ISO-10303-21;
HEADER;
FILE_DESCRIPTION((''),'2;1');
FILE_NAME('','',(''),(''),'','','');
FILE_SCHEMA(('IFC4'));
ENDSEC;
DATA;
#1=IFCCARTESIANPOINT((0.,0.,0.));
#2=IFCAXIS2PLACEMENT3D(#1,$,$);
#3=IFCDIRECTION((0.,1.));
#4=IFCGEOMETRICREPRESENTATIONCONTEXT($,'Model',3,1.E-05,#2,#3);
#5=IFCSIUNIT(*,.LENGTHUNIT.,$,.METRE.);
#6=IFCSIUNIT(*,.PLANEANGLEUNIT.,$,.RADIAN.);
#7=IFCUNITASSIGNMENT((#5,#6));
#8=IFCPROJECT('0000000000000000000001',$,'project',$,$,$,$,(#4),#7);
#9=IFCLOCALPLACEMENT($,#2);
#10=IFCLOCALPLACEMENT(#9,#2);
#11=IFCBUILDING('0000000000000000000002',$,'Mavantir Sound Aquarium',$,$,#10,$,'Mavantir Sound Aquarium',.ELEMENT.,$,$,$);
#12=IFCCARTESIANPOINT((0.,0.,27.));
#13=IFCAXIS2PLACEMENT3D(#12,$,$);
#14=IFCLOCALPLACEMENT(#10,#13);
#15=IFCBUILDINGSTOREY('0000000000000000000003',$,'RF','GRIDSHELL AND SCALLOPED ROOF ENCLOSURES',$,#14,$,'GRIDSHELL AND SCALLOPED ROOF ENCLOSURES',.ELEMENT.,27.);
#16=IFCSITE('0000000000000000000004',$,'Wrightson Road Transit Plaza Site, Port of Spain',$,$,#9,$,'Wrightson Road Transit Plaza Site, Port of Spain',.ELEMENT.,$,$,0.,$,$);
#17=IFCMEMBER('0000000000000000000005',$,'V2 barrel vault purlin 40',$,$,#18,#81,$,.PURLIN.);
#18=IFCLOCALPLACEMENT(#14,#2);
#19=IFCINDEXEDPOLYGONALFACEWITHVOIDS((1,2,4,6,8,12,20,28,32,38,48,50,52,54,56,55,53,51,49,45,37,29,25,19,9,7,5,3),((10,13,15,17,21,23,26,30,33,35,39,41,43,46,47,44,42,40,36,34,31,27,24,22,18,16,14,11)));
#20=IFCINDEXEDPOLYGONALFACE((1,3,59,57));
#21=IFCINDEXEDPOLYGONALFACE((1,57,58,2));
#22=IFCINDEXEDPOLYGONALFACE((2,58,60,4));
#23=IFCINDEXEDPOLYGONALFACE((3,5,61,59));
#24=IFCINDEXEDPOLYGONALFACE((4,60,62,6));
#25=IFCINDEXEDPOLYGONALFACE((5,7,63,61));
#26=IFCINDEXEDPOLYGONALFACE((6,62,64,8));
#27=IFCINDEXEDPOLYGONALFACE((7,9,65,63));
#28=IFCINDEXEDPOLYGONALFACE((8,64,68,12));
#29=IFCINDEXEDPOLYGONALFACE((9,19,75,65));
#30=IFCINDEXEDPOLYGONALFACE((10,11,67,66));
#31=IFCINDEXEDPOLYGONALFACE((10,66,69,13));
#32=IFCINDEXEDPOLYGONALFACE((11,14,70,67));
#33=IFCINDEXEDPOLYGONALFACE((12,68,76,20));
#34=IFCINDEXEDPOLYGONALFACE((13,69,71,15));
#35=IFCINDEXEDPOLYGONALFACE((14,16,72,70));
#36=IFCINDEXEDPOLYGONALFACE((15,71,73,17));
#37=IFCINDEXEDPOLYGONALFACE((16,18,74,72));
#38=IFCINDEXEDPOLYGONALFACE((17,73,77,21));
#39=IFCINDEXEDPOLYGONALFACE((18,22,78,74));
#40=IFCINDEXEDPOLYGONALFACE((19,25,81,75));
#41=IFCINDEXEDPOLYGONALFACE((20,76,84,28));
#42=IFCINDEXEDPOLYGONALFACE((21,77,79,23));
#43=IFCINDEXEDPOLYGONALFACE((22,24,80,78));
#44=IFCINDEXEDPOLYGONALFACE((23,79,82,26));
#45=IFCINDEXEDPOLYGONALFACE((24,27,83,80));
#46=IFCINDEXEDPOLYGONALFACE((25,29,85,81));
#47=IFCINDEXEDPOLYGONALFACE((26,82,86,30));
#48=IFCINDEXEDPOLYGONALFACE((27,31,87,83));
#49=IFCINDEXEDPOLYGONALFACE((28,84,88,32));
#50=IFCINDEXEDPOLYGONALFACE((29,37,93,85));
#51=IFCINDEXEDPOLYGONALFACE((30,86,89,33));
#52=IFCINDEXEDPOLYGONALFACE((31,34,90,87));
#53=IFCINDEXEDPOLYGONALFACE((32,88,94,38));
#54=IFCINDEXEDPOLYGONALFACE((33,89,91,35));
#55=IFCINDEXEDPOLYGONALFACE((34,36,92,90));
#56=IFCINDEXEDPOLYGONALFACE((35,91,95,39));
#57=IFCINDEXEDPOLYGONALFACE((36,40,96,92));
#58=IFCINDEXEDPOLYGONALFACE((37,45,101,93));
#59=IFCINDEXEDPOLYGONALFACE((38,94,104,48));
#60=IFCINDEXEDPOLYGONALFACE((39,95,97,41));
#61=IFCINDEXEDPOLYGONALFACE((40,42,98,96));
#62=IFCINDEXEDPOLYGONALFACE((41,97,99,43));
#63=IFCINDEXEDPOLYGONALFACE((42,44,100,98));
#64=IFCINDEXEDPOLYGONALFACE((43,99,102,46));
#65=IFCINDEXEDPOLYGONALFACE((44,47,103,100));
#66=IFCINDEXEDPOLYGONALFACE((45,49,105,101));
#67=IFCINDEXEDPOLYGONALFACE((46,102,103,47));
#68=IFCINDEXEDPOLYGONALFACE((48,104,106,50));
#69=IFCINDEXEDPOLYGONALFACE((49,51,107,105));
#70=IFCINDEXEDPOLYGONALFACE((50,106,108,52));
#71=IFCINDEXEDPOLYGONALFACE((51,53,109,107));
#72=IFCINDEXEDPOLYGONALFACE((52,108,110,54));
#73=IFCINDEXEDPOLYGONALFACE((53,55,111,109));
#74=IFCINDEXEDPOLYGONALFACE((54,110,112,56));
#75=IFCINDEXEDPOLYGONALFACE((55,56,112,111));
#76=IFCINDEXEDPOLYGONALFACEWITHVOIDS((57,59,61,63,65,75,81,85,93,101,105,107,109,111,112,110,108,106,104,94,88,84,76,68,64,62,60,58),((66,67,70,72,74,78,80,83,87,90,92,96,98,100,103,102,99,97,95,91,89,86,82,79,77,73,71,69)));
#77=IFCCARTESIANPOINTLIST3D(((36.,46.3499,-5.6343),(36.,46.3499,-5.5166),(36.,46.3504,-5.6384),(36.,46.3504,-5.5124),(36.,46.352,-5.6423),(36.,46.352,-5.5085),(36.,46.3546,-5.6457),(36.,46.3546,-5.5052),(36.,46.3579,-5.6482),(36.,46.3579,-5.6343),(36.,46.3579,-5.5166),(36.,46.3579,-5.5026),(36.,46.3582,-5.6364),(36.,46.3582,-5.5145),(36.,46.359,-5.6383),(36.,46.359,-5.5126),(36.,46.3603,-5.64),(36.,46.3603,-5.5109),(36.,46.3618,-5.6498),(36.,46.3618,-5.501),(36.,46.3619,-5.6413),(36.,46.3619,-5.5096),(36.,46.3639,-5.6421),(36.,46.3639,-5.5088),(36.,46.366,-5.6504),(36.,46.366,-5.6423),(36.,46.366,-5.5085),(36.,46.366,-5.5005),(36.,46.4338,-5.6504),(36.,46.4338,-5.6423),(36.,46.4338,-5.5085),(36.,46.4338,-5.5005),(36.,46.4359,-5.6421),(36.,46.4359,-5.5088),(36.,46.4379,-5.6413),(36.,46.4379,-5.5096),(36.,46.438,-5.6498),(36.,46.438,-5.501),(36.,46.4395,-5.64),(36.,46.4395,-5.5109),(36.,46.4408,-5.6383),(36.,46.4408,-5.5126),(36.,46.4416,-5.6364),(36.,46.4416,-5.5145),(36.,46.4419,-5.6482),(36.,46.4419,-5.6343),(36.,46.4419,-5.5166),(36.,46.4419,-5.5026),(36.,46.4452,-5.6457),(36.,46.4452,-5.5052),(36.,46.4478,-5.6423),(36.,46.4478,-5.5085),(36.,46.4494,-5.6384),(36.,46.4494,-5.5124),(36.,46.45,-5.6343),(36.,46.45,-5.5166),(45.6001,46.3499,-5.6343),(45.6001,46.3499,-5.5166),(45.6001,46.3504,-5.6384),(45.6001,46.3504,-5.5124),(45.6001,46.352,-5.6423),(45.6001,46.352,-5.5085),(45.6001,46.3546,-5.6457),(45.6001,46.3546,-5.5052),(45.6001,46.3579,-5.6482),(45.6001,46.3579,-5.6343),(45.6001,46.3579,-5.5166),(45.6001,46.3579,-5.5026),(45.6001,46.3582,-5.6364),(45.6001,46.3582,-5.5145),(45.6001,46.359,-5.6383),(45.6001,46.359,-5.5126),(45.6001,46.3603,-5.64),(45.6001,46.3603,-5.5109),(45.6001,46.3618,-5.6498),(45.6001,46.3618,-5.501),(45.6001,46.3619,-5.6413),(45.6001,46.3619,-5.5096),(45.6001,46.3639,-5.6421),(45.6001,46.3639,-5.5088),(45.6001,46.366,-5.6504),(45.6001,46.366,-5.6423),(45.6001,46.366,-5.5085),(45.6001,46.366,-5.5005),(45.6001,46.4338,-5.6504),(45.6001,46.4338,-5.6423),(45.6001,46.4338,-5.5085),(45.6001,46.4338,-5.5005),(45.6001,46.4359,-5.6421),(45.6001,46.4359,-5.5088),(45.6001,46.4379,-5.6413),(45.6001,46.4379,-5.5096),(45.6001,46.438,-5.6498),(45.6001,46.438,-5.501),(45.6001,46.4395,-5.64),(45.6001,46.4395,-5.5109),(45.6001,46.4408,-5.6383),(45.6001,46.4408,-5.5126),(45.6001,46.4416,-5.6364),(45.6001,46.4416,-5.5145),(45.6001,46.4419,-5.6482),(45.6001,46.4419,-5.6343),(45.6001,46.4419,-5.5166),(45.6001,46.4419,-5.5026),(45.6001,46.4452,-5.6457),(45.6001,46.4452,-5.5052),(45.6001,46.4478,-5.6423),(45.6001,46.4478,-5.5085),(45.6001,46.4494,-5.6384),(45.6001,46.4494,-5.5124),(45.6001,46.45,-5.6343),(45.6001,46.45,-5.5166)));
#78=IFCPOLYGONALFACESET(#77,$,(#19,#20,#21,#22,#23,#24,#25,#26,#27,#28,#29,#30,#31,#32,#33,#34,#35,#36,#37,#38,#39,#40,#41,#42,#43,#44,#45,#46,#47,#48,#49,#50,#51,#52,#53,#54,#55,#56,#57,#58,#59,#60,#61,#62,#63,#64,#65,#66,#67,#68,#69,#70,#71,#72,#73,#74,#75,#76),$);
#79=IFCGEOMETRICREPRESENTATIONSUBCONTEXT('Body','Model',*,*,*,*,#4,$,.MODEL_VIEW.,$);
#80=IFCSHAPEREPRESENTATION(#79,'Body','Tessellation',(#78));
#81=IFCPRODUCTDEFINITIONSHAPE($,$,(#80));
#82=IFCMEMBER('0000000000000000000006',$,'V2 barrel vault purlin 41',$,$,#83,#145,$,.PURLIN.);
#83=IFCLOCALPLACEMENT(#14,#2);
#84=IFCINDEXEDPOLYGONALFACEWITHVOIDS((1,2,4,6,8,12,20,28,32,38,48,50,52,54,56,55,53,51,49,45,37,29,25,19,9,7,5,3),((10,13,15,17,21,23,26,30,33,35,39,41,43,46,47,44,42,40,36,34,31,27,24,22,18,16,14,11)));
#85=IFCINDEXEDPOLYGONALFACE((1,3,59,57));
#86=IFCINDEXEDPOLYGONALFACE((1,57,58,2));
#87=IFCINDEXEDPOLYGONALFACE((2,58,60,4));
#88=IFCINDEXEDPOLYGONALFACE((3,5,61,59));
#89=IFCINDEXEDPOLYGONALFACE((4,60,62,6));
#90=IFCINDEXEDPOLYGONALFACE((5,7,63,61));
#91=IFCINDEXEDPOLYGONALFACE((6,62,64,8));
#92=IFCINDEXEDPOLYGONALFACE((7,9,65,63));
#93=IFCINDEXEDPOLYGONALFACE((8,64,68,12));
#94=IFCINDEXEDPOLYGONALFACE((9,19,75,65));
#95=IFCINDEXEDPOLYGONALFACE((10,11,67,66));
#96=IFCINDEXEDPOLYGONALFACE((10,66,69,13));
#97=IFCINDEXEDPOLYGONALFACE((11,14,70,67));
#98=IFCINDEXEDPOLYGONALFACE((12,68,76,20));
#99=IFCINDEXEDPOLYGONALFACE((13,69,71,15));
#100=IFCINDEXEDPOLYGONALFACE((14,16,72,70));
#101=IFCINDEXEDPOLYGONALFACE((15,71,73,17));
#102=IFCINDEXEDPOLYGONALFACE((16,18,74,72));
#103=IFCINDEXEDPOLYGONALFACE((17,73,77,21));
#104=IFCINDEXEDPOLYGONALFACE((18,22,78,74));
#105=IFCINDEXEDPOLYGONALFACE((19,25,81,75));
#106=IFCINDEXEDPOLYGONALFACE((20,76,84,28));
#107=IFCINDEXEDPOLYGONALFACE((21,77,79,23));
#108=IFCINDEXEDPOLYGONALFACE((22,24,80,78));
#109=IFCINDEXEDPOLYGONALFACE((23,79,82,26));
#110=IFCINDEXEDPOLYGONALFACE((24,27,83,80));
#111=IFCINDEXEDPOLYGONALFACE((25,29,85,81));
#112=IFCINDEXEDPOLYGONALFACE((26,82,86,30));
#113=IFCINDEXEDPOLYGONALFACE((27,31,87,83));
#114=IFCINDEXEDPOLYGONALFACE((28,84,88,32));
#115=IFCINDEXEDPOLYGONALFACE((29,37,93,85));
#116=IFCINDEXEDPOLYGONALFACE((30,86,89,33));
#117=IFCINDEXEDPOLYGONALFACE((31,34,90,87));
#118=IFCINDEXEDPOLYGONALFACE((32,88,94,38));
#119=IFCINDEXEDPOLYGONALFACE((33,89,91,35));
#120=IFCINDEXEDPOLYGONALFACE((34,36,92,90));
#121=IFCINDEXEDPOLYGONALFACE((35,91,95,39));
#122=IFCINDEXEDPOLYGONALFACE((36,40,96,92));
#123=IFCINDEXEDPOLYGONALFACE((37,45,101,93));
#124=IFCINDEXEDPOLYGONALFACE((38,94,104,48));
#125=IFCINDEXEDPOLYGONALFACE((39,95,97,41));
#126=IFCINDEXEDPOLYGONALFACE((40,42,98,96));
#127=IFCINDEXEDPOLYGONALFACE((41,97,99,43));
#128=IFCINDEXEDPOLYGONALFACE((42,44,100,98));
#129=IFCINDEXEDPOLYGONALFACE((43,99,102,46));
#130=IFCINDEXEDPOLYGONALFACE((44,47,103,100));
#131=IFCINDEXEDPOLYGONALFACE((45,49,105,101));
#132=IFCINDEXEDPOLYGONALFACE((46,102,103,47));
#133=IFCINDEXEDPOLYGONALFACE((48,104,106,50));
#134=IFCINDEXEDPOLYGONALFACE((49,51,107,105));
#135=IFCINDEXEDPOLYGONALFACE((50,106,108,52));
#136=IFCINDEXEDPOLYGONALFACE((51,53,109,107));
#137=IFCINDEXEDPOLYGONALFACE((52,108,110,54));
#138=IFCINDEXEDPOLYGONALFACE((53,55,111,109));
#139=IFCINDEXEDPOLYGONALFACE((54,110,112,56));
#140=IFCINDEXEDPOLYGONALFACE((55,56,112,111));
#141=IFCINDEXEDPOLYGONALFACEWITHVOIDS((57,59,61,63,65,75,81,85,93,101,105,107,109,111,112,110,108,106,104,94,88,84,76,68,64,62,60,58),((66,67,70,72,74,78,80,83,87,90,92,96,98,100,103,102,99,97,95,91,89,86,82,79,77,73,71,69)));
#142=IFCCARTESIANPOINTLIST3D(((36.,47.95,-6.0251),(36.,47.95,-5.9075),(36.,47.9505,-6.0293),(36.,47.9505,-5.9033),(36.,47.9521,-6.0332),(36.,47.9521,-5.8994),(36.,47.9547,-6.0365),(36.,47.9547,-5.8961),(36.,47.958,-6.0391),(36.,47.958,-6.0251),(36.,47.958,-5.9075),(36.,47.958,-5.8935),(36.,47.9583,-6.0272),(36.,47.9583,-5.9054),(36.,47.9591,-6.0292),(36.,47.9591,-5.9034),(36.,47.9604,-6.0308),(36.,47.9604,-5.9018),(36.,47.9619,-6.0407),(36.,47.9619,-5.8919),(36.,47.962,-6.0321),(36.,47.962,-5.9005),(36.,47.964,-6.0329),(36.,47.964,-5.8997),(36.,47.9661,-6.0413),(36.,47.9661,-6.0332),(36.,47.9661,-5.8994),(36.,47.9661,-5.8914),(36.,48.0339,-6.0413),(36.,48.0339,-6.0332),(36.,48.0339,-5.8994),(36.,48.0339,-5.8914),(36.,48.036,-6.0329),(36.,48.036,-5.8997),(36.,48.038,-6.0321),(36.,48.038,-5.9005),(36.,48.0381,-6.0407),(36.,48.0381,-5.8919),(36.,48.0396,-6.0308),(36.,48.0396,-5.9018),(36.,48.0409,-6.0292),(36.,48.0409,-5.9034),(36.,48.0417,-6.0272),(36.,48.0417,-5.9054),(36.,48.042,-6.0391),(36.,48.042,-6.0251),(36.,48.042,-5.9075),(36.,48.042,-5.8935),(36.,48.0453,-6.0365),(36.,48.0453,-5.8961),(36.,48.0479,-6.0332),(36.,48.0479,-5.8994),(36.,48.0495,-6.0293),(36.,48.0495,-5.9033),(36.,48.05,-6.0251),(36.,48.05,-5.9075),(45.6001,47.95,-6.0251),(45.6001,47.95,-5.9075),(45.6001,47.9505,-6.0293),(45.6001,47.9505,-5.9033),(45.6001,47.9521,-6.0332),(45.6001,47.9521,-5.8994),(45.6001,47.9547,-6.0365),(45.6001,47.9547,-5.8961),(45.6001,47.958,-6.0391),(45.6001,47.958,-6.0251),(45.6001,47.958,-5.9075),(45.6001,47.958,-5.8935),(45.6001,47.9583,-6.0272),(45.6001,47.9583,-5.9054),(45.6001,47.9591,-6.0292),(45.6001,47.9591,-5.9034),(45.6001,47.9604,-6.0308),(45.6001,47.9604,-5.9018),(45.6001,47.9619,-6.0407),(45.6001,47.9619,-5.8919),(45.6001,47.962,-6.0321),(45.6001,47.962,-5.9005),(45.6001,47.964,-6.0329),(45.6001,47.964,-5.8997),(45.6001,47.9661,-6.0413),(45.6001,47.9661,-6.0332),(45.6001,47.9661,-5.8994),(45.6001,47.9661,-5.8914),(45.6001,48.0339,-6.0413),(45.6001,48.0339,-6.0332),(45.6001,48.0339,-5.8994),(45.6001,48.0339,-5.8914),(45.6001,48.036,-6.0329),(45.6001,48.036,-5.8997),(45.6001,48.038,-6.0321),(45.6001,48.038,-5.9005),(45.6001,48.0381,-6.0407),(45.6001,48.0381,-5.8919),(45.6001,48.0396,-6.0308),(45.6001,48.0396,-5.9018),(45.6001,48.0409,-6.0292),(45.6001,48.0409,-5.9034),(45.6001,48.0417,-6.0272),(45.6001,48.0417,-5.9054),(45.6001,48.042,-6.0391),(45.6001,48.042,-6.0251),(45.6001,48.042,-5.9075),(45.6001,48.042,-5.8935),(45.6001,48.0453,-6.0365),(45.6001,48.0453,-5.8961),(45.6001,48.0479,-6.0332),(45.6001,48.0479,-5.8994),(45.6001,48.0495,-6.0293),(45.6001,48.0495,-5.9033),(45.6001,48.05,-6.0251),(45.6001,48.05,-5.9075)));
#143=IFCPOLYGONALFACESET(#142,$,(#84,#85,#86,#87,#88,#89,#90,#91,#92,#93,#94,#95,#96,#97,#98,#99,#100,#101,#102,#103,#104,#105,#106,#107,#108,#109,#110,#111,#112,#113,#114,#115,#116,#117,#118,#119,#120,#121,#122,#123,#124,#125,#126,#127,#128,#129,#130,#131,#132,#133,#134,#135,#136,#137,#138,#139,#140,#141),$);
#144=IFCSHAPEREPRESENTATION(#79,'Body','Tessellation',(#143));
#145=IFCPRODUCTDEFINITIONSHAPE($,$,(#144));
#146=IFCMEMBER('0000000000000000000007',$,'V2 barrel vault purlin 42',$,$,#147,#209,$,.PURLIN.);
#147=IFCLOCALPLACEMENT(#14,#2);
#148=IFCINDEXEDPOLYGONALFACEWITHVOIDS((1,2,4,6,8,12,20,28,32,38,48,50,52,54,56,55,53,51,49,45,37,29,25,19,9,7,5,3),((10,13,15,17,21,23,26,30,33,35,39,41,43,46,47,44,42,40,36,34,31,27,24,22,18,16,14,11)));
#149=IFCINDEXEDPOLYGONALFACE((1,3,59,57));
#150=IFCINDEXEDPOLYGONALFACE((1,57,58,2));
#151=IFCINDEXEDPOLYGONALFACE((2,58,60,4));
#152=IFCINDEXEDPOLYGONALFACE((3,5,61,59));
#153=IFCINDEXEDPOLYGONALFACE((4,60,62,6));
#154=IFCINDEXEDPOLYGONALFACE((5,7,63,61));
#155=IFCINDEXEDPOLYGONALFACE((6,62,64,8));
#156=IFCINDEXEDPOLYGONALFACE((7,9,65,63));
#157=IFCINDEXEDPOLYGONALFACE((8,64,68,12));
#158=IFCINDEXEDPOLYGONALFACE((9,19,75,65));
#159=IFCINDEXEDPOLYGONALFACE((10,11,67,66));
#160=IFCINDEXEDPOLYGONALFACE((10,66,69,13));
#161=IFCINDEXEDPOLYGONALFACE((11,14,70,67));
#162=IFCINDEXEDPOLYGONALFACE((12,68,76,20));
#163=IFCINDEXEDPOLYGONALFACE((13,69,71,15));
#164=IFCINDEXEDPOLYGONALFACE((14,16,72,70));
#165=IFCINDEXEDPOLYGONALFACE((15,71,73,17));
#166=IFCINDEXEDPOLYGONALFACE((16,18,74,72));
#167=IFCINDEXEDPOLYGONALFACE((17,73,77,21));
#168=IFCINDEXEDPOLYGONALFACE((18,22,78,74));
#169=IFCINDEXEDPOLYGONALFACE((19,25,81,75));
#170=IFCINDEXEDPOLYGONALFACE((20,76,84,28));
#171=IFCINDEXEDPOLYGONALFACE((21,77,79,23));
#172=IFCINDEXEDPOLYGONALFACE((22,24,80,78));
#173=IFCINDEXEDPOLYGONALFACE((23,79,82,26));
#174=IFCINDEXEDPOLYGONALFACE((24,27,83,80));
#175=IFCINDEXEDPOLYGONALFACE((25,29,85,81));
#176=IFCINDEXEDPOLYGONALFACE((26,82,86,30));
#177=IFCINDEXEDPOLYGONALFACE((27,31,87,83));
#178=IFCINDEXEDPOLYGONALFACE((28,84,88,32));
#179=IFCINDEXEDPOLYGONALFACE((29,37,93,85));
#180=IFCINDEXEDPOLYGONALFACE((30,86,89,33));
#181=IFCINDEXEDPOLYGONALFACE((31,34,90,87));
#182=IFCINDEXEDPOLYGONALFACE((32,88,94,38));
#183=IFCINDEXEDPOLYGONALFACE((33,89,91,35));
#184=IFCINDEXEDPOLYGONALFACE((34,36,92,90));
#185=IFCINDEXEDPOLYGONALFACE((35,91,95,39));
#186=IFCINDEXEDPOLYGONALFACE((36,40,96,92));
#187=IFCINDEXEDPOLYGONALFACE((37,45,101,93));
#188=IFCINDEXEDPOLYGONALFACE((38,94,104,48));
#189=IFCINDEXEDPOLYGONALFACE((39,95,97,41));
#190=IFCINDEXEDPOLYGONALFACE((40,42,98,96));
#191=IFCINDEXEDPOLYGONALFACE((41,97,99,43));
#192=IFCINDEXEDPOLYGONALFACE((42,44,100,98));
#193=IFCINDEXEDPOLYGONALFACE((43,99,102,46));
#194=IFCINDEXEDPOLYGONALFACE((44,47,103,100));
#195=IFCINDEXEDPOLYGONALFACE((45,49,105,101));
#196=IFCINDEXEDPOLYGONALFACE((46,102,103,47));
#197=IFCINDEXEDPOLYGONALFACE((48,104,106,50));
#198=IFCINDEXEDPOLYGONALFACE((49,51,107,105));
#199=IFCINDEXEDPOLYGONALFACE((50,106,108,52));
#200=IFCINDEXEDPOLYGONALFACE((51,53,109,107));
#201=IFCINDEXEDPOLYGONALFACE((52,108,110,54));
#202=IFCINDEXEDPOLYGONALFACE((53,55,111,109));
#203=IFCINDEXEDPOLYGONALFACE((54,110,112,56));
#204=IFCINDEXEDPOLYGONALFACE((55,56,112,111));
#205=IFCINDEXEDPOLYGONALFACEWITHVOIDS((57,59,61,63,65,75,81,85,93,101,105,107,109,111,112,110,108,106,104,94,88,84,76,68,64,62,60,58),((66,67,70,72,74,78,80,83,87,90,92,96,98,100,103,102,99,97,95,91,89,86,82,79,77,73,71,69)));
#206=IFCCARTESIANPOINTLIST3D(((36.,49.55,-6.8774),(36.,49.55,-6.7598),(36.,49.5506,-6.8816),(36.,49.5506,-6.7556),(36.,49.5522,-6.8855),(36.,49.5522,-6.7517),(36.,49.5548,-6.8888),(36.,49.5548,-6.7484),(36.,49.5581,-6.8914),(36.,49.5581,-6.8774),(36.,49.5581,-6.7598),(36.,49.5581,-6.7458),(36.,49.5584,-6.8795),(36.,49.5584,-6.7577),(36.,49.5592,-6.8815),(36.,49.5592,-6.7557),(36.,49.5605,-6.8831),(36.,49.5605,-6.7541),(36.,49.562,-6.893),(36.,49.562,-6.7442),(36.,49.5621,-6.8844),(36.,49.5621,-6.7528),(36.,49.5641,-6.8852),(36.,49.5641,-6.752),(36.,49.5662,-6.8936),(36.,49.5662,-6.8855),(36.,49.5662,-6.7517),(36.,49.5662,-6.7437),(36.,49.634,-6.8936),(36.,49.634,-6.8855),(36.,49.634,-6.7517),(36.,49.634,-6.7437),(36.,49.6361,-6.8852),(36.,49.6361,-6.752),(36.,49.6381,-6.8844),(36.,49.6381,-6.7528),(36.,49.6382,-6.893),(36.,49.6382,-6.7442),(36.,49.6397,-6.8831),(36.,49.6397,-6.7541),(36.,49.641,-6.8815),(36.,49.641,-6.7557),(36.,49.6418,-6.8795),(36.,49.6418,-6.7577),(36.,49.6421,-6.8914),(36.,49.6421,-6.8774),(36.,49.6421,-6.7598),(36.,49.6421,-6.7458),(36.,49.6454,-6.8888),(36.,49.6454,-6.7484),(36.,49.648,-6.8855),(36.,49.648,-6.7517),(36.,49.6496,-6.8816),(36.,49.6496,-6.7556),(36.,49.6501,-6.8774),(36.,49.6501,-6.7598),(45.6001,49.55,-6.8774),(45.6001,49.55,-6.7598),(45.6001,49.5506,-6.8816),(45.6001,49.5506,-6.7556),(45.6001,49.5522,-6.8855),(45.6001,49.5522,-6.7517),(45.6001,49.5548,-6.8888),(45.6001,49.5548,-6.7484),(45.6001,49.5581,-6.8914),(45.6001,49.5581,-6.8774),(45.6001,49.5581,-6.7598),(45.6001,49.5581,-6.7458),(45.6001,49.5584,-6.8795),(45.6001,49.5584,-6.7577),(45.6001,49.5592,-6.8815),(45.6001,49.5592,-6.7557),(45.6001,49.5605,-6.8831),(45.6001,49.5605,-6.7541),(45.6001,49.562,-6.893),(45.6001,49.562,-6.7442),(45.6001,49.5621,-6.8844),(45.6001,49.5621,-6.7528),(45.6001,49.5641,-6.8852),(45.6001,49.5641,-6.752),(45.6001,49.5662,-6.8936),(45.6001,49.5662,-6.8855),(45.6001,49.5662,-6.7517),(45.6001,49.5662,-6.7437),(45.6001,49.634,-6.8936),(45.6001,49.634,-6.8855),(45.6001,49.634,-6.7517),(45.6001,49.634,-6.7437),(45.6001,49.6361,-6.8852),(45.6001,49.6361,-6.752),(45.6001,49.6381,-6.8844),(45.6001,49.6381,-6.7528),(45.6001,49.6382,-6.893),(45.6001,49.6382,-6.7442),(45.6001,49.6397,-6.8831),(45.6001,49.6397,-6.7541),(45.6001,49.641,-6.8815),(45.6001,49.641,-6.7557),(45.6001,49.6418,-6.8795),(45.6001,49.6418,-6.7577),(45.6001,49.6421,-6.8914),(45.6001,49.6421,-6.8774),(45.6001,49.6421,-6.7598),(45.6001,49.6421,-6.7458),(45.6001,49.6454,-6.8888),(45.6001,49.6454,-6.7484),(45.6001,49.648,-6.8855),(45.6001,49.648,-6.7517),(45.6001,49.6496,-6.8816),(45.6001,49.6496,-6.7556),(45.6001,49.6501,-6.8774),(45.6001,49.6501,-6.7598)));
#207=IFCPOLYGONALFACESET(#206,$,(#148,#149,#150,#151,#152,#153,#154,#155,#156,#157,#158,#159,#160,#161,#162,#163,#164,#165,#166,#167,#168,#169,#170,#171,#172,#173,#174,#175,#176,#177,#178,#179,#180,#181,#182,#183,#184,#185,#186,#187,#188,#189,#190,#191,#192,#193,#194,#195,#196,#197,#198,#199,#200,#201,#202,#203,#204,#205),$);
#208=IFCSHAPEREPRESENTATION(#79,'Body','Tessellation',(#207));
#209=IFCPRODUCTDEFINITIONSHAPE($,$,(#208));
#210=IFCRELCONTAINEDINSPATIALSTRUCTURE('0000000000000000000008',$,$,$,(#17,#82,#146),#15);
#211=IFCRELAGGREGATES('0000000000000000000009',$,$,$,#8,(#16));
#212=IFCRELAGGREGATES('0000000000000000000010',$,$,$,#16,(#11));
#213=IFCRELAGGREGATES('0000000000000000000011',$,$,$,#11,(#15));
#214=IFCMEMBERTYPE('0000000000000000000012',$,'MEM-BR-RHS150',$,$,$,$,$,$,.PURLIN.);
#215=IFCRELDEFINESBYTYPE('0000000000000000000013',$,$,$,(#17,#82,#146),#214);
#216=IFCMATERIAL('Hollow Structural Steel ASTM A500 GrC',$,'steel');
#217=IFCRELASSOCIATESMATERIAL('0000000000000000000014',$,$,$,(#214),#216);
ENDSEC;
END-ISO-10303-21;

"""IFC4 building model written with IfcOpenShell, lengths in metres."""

from ifc_helpers import new_model, si_unit, direction, frame, origin, origin_2d, place, context, subcontext, project, spatial, hollow_rectangle, extrude, material, material_profile, profile_set, type_object, element, save


model = new_model("IFC4")

# Units and contexts
model_context = context("Model", 3, precision=1e-05, world=origin(), true_north=direction((0.0, 1.0)))
body_context = subcontext(model_context, "Body", "Model", "MODEL_VIEW")
ifc_project = project(units=[si_unit("LENGTHUNIT", "METRE"), si_unit("PLANEANGLEUNIT", "RADIAN")], contexts=[model_context])

# Site, building, storey
site_placement = place(None, origin())
site = spatial("IfcSite", under=ifc_project, at=site_placement, Name="Wrightson Road Transit Plaza Site, Port of Spain", LongName="Wrightson Road Transit Plaza Site, Port of Spain", CompositionType="ELEMENT", RefElevation=0.0)
building_placement = place(site_placement, origin())
building = spatial("IfcBuilding", under=site, at=building_placement, Name="Mavantir Sound Aquarium", LongName="Mavantir Sound Aquarium", CompositionType="ELEMENT")
storey_placement = place(building_placement, frame((0.0, 0.0, 27.0)))
storey = spatial("IfcBuildingStorey", under=building, at=storey_placement, Name="RF", Description="GRIDSHELL AND SCALLOPED ROOF ENCLOSURES", LongName="GRIDSHELL AND SCALLOPED ROOF ENCLOSURES", CompositionType="ELEMENT", Elevation=27.0)

# Shared definitions
ifc_material_1 = material(Name="Hollow Structural Steel ASTM A500 GrC", Category="steel")

# Members
ifc_material_profile_1 = material_profile(ifc_material_1, hollow_rectangle(XDim=0.1001, YDim=0.1499, WallThickness=0.0081, InnerFilletRadius=0.0081, OuterFilletRadius=0.0161, at=origin_2d()), Name="RHS 150X100X8")
ifc_profile_set_1 = profile_set([ifc_material_profile_1], Name="Hollow Structural Steel ASTM A500 GrC")
member_type_1 = type_object("IfcMemberType", Name="MEM-BR-RHS150", PredefinedType="PURLIN", material=ifc_profile_set_1)
for number, where, z_axis, x_axis, name in (
    (1, (36.0, 46.3999, -5.5754), (1.0, 0.0, 0.0), (0.0, 1.0, 0.0), "V2 barrel vault purlin 40"),
    (2, (36.0, 48.0, -5.9663), (1.0, 0.0, 0.0), (0.0, 1.0, 0.0), "V2 barrel vault purlin 41"),
    (3, (36.0, 49.6001, -6.8186), (1.0, 0.0, 0.0), (0.0, 1.0, 0.0), "V2 barrel vault purlin 42"),
):
    element("IfcMember", number, at=place(storey_placement, frame(where, z_axis=z_axis, x_axis=x_axis)), inside=storey, type_object=member_type_1, Name=name, PredefinedType="PURLIN", context=body_context, shape_type="SweptSolid", body=[
        extrude(hollow_rectangle(XDim=0.1001, YDim=0.1499, WallThickness=0.0081, InnerFilletRadius=0.0081, OuterFilletRadius=0.0161, at=origin_2d()), origin(), (0.0, 0.0, 1.0), 9.6001),
    ])

save(model, "model.ifc")
